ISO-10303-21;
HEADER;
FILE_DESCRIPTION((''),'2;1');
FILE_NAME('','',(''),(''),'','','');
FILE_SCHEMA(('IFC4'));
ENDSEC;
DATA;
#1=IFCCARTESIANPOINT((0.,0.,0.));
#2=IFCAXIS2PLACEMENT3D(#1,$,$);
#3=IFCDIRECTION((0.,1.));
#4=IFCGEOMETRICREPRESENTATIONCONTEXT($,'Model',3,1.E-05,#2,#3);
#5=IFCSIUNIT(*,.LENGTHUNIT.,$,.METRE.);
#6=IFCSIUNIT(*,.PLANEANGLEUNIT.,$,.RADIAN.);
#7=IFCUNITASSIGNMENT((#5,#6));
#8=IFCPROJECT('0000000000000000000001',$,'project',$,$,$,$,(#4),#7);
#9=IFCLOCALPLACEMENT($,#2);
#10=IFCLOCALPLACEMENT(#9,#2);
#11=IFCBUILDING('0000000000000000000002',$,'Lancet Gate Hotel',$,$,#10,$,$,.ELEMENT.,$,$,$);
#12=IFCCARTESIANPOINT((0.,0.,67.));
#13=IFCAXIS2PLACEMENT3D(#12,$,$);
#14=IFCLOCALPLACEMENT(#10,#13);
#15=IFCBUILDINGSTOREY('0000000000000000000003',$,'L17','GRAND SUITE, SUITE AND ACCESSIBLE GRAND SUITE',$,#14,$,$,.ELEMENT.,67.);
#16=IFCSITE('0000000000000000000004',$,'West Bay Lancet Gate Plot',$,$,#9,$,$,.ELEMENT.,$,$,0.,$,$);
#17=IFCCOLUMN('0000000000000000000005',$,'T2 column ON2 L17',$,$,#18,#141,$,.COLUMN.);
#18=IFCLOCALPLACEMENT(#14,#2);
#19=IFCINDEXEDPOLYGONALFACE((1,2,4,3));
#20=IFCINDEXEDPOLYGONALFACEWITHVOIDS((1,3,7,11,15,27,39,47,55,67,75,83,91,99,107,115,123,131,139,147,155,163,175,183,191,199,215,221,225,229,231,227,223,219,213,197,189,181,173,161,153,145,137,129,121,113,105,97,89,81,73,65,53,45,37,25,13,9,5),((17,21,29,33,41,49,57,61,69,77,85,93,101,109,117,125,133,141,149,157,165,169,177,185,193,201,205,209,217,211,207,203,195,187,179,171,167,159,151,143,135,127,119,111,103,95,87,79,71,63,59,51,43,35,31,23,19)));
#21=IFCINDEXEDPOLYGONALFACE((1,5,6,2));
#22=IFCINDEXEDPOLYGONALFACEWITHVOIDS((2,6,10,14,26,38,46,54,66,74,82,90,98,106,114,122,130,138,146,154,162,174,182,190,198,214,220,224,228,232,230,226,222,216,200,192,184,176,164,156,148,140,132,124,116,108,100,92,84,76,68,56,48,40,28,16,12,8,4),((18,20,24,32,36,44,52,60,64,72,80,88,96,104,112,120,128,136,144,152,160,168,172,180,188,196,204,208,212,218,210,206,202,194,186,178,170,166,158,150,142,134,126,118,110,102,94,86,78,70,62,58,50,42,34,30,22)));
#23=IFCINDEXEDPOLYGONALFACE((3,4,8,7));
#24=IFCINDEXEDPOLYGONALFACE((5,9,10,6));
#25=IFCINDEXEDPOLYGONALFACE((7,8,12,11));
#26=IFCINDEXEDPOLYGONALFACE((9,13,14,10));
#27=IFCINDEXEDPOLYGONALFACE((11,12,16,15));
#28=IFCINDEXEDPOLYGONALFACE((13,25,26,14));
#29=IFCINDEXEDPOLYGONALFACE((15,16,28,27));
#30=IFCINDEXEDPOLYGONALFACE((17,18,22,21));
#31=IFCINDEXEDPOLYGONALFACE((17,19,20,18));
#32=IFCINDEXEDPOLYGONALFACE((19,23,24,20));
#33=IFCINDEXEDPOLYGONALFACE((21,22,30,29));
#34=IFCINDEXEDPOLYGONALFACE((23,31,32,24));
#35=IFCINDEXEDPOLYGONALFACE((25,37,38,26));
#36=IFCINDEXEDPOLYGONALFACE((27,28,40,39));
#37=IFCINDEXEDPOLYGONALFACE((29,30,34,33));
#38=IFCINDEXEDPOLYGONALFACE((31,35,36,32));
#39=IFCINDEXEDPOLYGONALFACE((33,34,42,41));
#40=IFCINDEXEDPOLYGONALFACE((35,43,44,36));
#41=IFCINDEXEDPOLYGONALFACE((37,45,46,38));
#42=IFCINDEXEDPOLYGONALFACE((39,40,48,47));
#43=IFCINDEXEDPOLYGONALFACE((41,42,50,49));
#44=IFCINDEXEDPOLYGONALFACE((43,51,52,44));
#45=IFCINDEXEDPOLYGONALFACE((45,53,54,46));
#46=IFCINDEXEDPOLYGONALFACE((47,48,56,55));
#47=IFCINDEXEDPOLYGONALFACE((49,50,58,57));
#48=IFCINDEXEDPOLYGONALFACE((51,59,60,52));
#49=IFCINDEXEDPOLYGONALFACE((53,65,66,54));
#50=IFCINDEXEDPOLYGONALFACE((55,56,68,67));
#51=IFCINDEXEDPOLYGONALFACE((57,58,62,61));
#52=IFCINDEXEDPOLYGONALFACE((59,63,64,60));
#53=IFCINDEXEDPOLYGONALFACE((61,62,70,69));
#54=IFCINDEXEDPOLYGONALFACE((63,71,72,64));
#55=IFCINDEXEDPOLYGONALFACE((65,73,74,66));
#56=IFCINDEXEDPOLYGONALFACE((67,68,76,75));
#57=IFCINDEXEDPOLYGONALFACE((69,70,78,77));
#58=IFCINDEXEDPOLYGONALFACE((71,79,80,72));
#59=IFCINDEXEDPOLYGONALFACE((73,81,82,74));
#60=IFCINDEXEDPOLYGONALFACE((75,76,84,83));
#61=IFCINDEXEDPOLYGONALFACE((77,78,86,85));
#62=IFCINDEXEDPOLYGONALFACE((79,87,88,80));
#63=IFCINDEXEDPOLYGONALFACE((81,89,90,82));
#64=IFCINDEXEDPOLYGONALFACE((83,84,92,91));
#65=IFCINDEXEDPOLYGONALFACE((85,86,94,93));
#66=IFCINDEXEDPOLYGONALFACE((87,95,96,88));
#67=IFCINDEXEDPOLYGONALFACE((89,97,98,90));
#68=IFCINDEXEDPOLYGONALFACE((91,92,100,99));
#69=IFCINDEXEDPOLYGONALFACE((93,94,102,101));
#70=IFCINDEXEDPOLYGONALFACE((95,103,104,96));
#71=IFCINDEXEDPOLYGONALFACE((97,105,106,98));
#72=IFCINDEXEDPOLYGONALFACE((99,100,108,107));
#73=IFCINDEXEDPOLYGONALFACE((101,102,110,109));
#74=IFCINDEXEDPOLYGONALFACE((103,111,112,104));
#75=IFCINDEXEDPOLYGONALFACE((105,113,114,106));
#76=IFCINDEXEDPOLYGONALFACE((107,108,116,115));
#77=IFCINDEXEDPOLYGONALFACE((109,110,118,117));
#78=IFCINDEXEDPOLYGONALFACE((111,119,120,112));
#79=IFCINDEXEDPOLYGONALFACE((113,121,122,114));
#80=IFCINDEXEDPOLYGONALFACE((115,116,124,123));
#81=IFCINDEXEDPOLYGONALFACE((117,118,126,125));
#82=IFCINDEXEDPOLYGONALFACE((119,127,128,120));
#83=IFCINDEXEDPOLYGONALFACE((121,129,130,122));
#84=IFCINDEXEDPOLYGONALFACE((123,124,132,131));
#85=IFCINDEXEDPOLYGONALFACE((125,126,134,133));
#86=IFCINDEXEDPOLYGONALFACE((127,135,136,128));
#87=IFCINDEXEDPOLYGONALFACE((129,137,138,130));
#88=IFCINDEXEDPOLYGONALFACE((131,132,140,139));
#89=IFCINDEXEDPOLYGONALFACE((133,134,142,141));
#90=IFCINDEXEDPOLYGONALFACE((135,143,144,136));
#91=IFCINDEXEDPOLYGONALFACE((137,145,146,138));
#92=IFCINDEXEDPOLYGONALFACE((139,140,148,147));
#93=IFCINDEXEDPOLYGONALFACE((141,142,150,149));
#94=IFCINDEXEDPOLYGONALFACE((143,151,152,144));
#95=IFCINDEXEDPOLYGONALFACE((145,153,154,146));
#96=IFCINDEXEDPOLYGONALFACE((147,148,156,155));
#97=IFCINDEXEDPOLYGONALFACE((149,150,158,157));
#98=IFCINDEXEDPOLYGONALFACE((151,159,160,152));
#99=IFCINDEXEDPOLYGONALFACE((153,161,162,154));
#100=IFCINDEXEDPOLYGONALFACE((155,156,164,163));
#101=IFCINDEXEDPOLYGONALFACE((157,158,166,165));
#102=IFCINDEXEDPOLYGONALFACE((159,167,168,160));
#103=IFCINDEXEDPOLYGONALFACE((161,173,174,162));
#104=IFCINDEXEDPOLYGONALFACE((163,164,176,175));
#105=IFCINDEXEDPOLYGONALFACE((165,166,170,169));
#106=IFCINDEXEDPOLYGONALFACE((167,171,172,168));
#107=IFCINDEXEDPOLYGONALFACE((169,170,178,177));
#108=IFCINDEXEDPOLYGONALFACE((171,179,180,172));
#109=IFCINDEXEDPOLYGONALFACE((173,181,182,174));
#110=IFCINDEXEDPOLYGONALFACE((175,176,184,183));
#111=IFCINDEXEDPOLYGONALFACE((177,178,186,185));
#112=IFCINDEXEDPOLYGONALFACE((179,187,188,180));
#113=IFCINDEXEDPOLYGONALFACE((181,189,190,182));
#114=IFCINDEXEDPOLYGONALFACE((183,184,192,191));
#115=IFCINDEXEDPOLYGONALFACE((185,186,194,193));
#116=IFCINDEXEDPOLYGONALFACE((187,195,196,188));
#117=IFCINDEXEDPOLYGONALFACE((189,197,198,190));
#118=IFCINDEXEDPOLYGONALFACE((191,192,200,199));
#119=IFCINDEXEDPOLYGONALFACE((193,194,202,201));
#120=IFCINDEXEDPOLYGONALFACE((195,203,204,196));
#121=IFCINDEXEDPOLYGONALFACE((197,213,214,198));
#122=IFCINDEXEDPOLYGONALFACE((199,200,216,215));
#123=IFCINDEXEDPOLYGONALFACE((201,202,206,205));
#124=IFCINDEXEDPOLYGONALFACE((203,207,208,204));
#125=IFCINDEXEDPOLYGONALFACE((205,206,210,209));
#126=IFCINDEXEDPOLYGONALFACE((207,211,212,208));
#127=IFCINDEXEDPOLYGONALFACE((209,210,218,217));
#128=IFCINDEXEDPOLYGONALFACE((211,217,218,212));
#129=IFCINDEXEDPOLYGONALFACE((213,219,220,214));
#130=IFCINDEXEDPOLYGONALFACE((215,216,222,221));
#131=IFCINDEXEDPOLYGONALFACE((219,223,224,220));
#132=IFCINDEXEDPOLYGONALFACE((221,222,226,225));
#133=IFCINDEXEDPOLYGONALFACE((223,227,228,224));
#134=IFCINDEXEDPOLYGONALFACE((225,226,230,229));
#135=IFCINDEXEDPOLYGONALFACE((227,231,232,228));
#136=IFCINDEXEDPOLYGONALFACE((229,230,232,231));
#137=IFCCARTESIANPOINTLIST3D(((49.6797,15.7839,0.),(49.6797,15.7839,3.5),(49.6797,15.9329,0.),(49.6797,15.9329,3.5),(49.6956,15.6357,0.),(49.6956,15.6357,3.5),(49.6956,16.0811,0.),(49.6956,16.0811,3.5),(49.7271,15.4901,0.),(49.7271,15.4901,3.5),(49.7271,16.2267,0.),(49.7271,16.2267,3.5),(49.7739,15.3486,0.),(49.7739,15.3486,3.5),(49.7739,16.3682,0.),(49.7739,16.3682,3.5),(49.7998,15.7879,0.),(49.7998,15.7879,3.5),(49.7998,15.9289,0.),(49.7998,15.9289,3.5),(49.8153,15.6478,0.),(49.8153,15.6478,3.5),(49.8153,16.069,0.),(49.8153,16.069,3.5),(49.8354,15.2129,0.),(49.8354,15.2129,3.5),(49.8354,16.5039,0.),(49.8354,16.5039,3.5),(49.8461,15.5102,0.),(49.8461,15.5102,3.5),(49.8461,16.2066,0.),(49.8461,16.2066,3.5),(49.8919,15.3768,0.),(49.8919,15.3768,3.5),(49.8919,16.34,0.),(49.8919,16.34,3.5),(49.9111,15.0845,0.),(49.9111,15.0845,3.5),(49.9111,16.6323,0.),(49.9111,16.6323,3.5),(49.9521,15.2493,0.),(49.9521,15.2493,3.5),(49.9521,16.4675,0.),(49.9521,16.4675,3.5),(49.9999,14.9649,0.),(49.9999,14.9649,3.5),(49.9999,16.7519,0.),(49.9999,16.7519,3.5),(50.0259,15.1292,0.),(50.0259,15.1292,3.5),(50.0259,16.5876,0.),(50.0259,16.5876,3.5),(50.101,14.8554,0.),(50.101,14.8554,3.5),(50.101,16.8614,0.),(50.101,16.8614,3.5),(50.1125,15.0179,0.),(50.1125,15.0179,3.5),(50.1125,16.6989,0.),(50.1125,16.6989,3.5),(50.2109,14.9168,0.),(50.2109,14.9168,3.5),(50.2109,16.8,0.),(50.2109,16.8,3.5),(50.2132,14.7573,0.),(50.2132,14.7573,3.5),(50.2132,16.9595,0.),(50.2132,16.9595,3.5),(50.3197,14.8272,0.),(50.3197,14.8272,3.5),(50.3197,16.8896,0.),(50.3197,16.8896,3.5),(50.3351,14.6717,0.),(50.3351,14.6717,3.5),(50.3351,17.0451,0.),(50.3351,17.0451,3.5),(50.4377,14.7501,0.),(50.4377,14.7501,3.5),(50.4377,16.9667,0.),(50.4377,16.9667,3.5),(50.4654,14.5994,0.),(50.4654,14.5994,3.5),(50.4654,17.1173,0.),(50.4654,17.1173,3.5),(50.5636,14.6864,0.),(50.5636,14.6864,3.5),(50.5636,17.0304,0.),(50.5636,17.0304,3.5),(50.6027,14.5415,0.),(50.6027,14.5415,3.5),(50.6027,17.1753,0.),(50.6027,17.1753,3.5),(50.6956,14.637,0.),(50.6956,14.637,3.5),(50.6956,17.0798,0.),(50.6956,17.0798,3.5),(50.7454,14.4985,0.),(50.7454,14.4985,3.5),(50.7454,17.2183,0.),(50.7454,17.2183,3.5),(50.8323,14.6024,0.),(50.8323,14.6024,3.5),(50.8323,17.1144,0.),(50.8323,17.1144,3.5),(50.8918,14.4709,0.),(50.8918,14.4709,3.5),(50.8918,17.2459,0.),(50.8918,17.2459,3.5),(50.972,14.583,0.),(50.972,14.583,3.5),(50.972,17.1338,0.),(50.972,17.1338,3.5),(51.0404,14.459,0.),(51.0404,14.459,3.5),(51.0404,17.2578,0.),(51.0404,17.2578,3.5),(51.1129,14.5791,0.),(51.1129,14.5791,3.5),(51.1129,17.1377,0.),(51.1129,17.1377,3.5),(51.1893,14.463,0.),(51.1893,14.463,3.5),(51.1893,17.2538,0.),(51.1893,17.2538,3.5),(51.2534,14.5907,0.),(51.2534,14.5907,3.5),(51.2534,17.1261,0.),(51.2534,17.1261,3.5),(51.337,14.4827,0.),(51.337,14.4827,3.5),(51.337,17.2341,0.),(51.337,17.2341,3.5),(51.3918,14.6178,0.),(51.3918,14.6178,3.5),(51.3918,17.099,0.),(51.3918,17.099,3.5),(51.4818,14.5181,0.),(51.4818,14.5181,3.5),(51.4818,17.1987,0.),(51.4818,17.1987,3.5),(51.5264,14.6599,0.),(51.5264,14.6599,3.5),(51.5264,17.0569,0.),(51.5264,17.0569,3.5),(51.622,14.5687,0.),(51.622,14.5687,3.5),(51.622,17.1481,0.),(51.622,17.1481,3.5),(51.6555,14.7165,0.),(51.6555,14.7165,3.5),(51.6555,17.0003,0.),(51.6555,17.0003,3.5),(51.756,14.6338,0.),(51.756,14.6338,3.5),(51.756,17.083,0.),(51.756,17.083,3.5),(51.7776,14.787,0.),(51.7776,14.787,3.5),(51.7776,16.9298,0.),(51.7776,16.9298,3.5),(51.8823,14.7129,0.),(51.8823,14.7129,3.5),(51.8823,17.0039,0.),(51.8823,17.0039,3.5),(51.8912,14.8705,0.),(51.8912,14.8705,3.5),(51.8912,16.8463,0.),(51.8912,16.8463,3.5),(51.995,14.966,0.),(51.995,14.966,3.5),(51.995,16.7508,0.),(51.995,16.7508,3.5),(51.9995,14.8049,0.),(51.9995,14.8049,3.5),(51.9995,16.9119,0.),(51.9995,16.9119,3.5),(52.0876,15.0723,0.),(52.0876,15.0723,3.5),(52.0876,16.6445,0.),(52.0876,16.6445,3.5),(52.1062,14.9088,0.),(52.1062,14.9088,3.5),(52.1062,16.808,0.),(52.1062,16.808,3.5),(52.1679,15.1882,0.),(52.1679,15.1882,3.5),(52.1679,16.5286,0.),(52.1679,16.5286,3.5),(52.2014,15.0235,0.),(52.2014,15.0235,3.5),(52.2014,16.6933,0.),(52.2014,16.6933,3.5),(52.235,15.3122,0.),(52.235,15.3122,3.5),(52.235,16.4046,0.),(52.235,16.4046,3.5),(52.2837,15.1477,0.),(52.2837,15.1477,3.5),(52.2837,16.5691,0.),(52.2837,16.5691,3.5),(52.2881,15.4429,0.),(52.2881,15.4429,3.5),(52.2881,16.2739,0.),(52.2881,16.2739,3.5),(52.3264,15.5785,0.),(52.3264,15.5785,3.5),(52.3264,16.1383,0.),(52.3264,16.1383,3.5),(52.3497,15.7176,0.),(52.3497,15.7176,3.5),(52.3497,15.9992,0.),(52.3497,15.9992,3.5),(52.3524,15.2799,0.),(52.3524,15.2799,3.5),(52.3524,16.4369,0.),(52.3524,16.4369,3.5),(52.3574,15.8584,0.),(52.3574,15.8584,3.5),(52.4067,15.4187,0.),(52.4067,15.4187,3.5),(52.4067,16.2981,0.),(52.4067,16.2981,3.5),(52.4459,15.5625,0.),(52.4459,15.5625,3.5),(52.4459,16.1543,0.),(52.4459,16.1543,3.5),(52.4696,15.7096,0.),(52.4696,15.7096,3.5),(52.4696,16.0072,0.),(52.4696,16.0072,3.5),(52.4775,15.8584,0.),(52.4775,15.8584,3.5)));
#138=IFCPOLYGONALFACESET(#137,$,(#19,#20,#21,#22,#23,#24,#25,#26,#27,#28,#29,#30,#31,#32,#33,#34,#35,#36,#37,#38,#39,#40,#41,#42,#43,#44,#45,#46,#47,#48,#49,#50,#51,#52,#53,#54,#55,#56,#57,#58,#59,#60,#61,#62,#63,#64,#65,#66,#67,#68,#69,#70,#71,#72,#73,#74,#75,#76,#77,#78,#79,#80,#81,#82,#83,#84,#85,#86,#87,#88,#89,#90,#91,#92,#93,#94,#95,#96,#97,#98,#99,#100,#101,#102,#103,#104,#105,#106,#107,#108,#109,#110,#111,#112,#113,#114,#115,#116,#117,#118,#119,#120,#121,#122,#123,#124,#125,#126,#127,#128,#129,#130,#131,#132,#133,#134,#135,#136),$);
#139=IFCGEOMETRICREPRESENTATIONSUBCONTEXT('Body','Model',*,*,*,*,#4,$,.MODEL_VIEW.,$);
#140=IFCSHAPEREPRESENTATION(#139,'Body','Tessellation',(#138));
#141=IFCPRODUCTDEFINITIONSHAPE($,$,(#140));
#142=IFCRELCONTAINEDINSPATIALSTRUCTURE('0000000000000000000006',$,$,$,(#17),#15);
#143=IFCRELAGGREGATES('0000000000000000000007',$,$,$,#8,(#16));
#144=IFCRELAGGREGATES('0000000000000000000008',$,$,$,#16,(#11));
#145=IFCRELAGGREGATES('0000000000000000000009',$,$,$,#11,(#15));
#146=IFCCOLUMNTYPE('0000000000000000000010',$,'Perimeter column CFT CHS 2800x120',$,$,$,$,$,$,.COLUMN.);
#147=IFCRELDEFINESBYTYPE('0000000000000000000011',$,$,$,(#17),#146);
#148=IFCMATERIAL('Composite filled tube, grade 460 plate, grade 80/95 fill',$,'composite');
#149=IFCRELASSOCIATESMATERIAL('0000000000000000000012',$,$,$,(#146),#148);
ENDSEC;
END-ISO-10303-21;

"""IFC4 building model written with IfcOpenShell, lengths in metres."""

from ifc_helpers import new_model, si_unit, direction, frame, origin, origin_2d, place, context, subcontext, project, spatial, hollow_circle, extrude, material, material_profile, profile_set, type_object, element, save


model = new_model("IFC4")

# Units and contexts
model_context = context("Model", 3, precision=1e-05, world=origin(), true_north=direction((0.0, 1.0)))
body_context = subcontext(model_context, "Body", "Model", "MODEL_VIEW")
ifc_project = project(units=[si_unit("LENGTHUNIT", "METRE"), si_unit("PLANEANGLEUNIT", "RADIAN")], contexts=[model_context])

# Site, building, storey
site_placement = place(None, origin())
site = spatial("IfcSite", under=ifc_project, at=site_placement, Name="West Bay Lancet Gate Plot", CompositionType="ELEMENT", RefElevation=0.0)
building_placement = place(site_placement, origin())
building = spatial("IfcBuilding", under=site, at=building_placement, Name="Lancet Gate Hotel", CompositionType="ELEMENT")
storey_placement = place(building_placement, frame((0.0, 0.0, 67.0)))
storey = spatial("IfcBuildingStorey", under=building, at=storey_placement, Name="L17", Description="GRAND SUITE, SUITE AND ACCESSIBLE GRAND SUITE", CompositionType="ELEMENT", Elevation=67.0)

# Column
ifc_material_1 = material(Name="Composite filled tube, grade 460 plate, grade 80/95 fill", Category="composite")
ifc_material_profile_1 = material_profile(ifc_material_1, hollow_circle(Radius=1.3999, WallThickness=0.1201, at=origin_2d()), Name="CHS 2800x120")
ifc_profile_set_1 = profile_set([ifc_material_profile_1], Name="Composite filled tube, grade 460 plate, grade 80/95 fill")
column_type = type_object("IfcColumnType", Name="Perimeter column CFT CHS 2800x120", PredefinedType="COLUMN", material=ifc_profile_set_1)
for number, where, z_axis, x_axis, name in (
    (1, (51.0776, 15.8584, 0.0), (0.0, 0.0, 1.0), (1.0, 0.0, 0.0), "T2 column ON2 L17"),
):
    element("IfcColumn", number, at=place(storey_placement, frame(where, z_axis=z_axis, x_axis=x_axis)), inside=storey, type_object=column_type, Name=name, PredefinedType="COLUMN", context=body_context, shape_type="SweptSolid", body=[
        extrude(hollow_circle(Radius=1.3999, WallThickness=0.1201, at=origin_2d()), origin(), (0.0, 0.0, 1.0), 3.5),
    ])

save(model, "model.ifc")
